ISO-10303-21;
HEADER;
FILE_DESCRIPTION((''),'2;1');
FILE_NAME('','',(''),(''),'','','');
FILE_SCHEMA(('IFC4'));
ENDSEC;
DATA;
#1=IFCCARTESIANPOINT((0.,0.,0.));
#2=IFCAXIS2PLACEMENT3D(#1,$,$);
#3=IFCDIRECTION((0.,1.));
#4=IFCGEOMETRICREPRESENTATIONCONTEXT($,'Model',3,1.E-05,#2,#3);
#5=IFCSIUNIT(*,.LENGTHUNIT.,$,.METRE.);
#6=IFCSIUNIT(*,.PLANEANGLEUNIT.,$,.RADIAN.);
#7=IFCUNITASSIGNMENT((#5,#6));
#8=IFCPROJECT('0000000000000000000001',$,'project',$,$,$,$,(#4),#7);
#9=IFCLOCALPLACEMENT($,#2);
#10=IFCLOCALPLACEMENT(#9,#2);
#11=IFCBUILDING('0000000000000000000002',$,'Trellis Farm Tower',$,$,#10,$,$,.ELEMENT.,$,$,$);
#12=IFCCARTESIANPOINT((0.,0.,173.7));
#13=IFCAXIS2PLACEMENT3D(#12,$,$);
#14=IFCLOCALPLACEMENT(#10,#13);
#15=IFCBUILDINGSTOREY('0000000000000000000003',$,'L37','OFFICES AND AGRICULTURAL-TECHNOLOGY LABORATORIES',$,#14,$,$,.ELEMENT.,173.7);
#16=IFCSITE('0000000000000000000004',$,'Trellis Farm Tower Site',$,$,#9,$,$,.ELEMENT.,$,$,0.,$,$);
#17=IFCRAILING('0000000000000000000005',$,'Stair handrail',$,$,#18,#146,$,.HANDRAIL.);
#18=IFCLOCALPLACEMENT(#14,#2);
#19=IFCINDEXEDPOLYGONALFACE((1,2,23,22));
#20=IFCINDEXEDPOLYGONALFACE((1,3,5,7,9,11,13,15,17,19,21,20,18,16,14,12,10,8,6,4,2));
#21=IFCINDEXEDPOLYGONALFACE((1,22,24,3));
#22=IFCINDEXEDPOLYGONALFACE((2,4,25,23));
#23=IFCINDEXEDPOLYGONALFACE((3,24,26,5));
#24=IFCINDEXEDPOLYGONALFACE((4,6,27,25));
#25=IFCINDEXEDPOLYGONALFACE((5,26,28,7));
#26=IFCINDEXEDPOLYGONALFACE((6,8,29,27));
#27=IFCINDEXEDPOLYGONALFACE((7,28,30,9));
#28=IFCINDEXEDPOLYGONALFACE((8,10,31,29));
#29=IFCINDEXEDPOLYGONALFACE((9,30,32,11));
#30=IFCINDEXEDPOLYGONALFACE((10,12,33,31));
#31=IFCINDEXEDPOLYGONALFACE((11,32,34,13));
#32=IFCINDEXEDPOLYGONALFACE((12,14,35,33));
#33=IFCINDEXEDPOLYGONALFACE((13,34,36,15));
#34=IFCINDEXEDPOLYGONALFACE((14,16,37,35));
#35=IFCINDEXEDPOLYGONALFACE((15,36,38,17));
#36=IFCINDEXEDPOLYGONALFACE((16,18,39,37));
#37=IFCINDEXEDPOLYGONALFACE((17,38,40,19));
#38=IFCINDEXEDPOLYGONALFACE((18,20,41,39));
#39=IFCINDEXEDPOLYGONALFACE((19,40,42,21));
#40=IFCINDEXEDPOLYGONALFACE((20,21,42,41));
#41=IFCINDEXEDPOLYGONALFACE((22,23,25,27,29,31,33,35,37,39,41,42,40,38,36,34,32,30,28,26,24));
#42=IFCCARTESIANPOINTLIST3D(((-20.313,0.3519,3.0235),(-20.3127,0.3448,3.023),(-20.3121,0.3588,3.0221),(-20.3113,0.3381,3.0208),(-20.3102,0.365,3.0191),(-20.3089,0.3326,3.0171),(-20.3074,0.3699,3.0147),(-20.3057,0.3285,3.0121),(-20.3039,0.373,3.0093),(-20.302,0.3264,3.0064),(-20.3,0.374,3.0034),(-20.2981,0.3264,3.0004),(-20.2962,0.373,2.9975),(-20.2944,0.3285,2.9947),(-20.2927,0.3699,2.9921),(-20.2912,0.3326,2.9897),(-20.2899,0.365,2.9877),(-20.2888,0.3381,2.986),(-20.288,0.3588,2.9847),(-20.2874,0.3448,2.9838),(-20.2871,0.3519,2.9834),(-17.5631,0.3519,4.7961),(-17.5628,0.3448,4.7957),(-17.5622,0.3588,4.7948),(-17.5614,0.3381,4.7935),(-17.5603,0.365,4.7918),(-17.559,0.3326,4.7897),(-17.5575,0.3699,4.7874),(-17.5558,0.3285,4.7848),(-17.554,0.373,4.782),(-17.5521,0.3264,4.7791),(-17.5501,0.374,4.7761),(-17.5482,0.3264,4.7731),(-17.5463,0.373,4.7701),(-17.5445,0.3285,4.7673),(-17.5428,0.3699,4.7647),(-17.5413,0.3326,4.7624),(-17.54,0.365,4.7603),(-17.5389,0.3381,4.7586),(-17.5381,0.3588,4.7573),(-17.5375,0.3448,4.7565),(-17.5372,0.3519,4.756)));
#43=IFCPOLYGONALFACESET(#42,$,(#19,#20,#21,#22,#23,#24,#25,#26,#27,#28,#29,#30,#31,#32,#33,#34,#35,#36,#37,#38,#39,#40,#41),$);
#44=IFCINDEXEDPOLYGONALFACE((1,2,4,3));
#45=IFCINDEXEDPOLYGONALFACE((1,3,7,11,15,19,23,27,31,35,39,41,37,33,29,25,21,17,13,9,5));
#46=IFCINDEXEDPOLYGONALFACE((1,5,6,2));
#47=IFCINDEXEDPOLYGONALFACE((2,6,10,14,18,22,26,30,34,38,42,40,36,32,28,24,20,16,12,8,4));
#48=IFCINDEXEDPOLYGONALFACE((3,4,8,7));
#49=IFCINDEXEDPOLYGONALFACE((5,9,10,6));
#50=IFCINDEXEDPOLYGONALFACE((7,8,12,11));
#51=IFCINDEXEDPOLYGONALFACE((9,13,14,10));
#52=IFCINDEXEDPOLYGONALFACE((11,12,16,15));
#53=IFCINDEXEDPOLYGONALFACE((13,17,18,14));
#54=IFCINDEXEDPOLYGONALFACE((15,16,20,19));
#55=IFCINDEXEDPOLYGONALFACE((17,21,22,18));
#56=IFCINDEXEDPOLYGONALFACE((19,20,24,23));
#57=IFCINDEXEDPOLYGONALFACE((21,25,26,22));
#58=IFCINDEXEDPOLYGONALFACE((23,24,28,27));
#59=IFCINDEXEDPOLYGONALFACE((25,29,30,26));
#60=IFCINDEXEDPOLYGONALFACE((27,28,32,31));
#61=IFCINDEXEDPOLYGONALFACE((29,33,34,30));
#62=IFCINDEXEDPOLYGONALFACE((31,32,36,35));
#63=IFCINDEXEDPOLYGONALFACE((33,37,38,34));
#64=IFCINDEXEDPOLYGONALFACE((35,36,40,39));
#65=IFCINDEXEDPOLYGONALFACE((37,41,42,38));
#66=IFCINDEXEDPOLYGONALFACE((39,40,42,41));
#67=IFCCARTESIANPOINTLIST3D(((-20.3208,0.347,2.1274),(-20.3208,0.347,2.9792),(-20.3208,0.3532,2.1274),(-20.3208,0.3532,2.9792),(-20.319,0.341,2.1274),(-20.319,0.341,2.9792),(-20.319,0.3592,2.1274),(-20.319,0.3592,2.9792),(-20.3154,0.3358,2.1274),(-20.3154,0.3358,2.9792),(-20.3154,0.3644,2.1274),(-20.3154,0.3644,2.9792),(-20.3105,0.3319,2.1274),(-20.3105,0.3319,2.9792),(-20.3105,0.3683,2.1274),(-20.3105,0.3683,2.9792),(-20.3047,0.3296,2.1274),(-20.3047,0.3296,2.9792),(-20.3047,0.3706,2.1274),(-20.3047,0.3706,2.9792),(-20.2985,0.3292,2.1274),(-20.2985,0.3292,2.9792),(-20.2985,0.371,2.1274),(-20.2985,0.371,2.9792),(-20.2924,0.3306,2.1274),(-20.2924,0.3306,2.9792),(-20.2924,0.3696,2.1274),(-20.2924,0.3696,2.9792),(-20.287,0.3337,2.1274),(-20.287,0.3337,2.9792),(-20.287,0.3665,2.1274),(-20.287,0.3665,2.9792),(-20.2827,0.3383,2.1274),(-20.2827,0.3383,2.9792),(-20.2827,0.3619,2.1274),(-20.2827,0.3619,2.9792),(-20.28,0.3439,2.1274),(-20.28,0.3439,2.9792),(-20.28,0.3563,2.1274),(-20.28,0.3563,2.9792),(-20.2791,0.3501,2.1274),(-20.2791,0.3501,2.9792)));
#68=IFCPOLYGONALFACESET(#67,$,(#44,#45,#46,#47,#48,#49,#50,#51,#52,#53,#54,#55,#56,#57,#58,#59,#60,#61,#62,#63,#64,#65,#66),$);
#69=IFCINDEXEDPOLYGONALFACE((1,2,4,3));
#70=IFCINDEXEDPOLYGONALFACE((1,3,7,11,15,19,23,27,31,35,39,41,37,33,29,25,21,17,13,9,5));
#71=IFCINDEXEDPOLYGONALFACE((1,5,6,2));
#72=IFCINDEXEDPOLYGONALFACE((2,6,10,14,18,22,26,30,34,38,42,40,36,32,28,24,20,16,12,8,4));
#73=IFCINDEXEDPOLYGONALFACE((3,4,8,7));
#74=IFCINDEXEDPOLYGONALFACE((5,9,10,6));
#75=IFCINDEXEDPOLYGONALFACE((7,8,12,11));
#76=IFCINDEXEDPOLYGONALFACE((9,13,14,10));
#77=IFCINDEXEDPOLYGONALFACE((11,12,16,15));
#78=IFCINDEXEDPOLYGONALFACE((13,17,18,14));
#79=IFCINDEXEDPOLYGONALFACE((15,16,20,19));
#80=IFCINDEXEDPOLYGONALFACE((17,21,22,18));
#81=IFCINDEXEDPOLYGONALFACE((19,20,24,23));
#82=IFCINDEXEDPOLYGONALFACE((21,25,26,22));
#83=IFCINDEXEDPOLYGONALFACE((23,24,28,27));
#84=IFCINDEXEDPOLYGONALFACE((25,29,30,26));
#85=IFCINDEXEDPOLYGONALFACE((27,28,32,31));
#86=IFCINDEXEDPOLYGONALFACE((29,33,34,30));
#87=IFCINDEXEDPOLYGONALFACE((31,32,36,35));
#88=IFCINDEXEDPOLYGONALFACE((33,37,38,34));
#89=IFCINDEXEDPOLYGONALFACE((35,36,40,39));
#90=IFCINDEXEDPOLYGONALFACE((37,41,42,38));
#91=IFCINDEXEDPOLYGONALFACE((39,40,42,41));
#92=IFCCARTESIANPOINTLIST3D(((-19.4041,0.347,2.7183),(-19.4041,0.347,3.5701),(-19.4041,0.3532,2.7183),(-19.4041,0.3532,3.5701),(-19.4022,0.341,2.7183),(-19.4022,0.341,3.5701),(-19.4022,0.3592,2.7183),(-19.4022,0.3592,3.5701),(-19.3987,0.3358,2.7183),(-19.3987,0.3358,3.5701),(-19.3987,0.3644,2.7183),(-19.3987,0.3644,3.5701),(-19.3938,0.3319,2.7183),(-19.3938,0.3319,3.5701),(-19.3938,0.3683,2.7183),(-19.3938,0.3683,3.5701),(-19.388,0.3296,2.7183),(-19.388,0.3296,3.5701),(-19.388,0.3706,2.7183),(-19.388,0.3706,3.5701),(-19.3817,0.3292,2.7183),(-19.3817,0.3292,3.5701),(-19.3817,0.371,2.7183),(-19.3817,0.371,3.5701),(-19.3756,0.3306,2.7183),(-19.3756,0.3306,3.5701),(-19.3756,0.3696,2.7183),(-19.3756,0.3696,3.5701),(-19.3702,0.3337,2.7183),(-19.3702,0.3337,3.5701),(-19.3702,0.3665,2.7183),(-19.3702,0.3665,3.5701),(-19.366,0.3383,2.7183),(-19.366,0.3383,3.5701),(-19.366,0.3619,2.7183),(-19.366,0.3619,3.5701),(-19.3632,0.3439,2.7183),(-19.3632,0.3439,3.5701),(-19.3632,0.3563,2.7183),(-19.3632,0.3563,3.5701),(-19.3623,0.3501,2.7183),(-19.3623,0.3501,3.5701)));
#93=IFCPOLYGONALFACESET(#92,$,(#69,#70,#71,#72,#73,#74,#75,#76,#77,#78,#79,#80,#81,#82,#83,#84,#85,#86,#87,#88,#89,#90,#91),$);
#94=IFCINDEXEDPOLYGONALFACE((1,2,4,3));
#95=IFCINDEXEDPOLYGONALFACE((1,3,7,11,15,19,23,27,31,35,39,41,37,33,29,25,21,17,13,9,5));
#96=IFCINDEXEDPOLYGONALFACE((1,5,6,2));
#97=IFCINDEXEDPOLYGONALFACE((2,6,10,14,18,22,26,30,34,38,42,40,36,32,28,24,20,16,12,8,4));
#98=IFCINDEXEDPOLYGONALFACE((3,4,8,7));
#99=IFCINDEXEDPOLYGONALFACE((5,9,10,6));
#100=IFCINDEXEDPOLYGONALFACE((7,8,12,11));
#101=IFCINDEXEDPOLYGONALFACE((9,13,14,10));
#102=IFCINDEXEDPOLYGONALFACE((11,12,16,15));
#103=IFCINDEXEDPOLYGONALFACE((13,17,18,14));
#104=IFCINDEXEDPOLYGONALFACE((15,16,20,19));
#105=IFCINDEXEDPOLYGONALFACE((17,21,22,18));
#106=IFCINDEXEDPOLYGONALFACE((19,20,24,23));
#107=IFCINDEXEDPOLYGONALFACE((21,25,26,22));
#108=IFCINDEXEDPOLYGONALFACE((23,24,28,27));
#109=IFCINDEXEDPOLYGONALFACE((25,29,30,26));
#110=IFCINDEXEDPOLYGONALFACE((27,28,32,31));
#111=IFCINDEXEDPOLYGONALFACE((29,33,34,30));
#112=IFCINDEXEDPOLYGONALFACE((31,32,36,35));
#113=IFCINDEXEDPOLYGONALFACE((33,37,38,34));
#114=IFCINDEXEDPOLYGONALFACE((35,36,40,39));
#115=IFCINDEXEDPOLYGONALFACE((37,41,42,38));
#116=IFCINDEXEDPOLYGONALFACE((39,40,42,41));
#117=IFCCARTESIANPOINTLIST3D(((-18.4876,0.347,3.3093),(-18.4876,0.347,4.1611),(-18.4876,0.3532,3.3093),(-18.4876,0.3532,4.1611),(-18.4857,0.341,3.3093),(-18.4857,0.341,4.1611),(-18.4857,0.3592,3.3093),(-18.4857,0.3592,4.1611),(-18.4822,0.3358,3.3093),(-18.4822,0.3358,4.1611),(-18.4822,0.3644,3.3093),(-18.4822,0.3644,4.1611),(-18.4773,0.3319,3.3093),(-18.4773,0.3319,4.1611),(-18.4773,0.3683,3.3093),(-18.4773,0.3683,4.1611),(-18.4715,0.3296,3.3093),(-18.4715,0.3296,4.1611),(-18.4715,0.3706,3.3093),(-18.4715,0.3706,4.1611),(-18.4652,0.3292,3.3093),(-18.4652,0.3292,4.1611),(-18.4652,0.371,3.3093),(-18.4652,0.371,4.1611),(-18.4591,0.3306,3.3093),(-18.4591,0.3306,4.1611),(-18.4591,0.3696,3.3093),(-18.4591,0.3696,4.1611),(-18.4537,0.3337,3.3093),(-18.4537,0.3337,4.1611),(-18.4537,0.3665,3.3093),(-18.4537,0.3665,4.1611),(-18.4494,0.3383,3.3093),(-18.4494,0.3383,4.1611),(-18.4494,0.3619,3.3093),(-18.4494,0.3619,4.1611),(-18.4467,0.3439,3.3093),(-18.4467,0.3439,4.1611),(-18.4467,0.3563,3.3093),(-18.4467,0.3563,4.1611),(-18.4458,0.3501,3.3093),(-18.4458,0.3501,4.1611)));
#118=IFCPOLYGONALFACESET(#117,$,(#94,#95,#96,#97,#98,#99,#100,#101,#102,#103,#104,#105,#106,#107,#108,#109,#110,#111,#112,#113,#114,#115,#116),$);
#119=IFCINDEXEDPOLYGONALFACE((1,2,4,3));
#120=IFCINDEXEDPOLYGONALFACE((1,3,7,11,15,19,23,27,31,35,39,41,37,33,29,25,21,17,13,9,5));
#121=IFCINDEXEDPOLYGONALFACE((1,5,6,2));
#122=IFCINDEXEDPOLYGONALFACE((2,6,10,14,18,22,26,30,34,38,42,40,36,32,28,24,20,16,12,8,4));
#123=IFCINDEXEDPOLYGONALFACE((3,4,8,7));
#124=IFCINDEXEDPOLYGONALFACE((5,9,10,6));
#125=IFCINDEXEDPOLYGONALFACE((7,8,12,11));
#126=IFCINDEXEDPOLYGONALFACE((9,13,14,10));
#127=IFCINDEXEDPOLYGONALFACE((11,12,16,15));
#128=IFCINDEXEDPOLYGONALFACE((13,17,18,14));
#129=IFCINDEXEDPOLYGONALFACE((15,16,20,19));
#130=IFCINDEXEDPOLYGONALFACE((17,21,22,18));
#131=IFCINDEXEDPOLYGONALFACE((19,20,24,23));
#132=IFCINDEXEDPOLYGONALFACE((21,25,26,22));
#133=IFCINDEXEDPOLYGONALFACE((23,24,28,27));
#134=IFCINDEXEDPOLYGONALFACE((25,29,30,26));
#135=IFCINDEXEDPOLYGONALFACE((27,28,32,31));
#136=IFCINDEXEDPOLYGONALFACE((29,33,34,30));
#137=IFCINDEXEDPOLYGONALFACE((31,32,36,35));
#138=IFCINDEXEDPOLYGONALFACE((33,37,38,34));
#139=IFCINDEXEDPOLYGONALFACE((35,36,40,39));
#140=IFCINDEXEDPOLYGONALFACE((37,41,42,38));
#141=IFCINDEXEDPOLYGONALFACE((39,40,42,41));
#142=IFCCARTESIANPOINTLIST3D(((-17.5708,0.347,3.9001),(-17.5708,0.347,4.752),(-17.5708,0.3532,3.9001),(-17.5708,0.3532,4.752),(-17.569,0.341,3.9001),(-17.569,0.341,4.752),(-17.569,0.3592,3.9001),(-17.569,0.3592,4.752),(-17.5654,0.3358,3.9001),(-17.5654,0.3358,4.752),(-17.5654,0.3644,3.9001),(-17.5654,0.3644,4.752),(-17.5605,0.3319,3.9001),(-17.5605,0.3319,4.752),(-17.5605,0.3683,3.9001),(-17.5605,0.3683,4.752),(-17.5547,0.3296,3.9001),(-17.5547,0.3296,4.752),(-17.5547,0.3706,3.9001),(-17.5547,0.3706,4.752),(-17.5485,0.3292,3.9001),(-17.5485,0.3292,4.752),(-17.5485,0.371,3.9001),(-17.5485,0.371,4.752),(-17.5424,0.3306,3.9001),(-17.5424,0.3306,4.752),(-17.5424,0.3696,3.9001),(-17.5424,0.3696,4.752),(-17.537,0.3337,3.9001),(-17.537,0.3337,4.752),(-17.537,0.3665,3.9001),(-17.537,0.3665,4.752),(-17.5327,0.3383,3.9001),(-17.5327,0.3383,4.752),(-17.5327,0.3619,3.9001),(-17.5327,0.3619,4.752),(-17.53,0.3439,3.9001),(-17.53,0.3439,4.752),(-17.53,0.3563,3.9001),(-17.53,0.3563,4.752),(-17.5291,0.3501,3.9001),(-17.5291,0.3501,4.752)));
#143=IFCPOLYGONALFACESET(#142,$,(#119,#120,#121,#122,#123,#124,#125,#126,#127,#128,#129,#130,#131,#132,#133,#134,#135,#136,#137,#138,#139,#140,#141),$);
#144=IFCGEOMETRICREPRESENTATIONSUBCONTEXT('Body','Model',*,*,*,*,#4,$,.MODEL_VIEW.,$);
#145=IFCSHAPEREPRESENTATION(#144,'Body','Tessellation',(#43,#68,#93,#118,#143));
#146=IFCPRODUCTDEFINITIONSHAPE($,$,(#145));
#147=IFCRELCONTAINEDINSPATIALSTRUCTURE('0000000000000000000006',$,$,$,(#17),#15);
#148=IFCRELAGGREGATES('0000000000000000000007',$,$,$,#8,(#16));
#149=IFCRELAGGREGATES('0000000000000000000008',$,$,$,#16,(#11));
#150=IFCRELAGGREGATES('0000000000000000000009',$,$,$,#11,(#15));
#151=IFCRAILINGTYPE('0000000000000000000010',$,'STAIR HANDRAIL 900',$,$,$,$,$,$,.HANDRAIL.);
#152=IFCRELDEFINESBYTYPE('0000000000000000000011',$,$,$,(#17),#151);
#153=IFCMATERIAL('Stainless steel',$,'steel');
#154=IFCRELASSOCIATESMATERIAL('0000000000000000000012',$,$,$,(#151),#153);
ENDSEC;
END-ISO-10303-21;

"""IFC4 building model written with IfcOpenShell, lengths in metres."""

from ifc_helpers import new_model, si_unit, direction, frame, origin, origin_2d, place, context, subcontext, project, spatial, circle, extrude, source, transform, mapped, material, type_object, element, save


model = new_model("IFC4")

# Units and contexts
model_context = context("Model", 3, precision=1e-05, world=origin(), true_north=direction((0.0, 1.0)))
body_context = subcontext(model_context, "Body", "Model", "MODEL_VIEW")
ifc_project = project(units=[si_unit("LENGTHUNIT", "METRE"), si_unit("PLANEANGLEUNIT", "RADIAN")], contexts=[model_context])

# Site, building, storey
site_placement = place(None, origin())
site = spatial("IfcSite", under=ifc_project, at=site_placement, Name="Trellis Farm Tower Site", CompositionType="ELEMENT", RefElevation=0.0)
building_placement = place(site_placement, origin())
building = spatial("IfcBuilding", under=site, at=building_placement, Name="Trellis Farm Tower", CompositionType="ELEMENT")
storey_placement = place(building_placement, frame((0.0, 0.0, 173.7)))
storey = spatial("IfcBuildingStorey", under=building, at=storey_placement, Name="L37", Description="OFFICES AND AGRICULTURAL-TECHNOLOGY LABORATORIES", CompositionType="ELEMENT", Elevation=173.7)

# Railing
ifc_material_1 = material(Name="Stainless steel", Category="steel")
railing_type = type_object("IfcRailingType", Name="STAIR HANDRAIL 900", PredefinedType="HANDRAIL", material=ifc_material_1)
shared_shape_1 = source(origin(), body_context, "Body", "SweptSolid", [
    extrude(circle(Radius=0.0239, at=origin_2d()), frame((0.0, 0.0, 0.876), z_axis=(0.840504, 0.0, 0.541806), x_axis=(0.0, 1.0, 0.0)), (0.0, 0.0, 1.0), 3.2717),
    extrude(circle(Radius=0.021, at=origin_2d()), origin(), (0.0, 0.0, 1.0), 0.8518),
    extrude(circle(Radius=0.021, at=origin_2d()), frame((0.9167, 0.0, 0.5908)), (0.0, 0.0, 1.0), 0.8518),
    extrude(circle(Radius=0.021, at=origin_2d()), frame((1.8333, 0.0, 1.1819)), (0.0, 0.0, 1.0), 0.8518),
    extrude(circle(Radius=0.021, at=origin_2d()), frame((2.75, 0.0, 1.7727)), (0.0, 0.0, 1.0), 0.8518),
])
for number, where, name in (
    (1, (-20.3, 0.3501, 2.1274), "Stair handrail"),
):
    element("IfcRailing", number, at=place(storey_placement, frame(where)), inside=storey, type_object=railing_type, Name=name, PredefinedType="HANDRAIL", context=body_context, shape_type="MappedRepresentation", body=[
        mapped(shared_shape_1, transform((0.0, 0.0, 0.0))),
    ])

save(model, "model.ifc")
